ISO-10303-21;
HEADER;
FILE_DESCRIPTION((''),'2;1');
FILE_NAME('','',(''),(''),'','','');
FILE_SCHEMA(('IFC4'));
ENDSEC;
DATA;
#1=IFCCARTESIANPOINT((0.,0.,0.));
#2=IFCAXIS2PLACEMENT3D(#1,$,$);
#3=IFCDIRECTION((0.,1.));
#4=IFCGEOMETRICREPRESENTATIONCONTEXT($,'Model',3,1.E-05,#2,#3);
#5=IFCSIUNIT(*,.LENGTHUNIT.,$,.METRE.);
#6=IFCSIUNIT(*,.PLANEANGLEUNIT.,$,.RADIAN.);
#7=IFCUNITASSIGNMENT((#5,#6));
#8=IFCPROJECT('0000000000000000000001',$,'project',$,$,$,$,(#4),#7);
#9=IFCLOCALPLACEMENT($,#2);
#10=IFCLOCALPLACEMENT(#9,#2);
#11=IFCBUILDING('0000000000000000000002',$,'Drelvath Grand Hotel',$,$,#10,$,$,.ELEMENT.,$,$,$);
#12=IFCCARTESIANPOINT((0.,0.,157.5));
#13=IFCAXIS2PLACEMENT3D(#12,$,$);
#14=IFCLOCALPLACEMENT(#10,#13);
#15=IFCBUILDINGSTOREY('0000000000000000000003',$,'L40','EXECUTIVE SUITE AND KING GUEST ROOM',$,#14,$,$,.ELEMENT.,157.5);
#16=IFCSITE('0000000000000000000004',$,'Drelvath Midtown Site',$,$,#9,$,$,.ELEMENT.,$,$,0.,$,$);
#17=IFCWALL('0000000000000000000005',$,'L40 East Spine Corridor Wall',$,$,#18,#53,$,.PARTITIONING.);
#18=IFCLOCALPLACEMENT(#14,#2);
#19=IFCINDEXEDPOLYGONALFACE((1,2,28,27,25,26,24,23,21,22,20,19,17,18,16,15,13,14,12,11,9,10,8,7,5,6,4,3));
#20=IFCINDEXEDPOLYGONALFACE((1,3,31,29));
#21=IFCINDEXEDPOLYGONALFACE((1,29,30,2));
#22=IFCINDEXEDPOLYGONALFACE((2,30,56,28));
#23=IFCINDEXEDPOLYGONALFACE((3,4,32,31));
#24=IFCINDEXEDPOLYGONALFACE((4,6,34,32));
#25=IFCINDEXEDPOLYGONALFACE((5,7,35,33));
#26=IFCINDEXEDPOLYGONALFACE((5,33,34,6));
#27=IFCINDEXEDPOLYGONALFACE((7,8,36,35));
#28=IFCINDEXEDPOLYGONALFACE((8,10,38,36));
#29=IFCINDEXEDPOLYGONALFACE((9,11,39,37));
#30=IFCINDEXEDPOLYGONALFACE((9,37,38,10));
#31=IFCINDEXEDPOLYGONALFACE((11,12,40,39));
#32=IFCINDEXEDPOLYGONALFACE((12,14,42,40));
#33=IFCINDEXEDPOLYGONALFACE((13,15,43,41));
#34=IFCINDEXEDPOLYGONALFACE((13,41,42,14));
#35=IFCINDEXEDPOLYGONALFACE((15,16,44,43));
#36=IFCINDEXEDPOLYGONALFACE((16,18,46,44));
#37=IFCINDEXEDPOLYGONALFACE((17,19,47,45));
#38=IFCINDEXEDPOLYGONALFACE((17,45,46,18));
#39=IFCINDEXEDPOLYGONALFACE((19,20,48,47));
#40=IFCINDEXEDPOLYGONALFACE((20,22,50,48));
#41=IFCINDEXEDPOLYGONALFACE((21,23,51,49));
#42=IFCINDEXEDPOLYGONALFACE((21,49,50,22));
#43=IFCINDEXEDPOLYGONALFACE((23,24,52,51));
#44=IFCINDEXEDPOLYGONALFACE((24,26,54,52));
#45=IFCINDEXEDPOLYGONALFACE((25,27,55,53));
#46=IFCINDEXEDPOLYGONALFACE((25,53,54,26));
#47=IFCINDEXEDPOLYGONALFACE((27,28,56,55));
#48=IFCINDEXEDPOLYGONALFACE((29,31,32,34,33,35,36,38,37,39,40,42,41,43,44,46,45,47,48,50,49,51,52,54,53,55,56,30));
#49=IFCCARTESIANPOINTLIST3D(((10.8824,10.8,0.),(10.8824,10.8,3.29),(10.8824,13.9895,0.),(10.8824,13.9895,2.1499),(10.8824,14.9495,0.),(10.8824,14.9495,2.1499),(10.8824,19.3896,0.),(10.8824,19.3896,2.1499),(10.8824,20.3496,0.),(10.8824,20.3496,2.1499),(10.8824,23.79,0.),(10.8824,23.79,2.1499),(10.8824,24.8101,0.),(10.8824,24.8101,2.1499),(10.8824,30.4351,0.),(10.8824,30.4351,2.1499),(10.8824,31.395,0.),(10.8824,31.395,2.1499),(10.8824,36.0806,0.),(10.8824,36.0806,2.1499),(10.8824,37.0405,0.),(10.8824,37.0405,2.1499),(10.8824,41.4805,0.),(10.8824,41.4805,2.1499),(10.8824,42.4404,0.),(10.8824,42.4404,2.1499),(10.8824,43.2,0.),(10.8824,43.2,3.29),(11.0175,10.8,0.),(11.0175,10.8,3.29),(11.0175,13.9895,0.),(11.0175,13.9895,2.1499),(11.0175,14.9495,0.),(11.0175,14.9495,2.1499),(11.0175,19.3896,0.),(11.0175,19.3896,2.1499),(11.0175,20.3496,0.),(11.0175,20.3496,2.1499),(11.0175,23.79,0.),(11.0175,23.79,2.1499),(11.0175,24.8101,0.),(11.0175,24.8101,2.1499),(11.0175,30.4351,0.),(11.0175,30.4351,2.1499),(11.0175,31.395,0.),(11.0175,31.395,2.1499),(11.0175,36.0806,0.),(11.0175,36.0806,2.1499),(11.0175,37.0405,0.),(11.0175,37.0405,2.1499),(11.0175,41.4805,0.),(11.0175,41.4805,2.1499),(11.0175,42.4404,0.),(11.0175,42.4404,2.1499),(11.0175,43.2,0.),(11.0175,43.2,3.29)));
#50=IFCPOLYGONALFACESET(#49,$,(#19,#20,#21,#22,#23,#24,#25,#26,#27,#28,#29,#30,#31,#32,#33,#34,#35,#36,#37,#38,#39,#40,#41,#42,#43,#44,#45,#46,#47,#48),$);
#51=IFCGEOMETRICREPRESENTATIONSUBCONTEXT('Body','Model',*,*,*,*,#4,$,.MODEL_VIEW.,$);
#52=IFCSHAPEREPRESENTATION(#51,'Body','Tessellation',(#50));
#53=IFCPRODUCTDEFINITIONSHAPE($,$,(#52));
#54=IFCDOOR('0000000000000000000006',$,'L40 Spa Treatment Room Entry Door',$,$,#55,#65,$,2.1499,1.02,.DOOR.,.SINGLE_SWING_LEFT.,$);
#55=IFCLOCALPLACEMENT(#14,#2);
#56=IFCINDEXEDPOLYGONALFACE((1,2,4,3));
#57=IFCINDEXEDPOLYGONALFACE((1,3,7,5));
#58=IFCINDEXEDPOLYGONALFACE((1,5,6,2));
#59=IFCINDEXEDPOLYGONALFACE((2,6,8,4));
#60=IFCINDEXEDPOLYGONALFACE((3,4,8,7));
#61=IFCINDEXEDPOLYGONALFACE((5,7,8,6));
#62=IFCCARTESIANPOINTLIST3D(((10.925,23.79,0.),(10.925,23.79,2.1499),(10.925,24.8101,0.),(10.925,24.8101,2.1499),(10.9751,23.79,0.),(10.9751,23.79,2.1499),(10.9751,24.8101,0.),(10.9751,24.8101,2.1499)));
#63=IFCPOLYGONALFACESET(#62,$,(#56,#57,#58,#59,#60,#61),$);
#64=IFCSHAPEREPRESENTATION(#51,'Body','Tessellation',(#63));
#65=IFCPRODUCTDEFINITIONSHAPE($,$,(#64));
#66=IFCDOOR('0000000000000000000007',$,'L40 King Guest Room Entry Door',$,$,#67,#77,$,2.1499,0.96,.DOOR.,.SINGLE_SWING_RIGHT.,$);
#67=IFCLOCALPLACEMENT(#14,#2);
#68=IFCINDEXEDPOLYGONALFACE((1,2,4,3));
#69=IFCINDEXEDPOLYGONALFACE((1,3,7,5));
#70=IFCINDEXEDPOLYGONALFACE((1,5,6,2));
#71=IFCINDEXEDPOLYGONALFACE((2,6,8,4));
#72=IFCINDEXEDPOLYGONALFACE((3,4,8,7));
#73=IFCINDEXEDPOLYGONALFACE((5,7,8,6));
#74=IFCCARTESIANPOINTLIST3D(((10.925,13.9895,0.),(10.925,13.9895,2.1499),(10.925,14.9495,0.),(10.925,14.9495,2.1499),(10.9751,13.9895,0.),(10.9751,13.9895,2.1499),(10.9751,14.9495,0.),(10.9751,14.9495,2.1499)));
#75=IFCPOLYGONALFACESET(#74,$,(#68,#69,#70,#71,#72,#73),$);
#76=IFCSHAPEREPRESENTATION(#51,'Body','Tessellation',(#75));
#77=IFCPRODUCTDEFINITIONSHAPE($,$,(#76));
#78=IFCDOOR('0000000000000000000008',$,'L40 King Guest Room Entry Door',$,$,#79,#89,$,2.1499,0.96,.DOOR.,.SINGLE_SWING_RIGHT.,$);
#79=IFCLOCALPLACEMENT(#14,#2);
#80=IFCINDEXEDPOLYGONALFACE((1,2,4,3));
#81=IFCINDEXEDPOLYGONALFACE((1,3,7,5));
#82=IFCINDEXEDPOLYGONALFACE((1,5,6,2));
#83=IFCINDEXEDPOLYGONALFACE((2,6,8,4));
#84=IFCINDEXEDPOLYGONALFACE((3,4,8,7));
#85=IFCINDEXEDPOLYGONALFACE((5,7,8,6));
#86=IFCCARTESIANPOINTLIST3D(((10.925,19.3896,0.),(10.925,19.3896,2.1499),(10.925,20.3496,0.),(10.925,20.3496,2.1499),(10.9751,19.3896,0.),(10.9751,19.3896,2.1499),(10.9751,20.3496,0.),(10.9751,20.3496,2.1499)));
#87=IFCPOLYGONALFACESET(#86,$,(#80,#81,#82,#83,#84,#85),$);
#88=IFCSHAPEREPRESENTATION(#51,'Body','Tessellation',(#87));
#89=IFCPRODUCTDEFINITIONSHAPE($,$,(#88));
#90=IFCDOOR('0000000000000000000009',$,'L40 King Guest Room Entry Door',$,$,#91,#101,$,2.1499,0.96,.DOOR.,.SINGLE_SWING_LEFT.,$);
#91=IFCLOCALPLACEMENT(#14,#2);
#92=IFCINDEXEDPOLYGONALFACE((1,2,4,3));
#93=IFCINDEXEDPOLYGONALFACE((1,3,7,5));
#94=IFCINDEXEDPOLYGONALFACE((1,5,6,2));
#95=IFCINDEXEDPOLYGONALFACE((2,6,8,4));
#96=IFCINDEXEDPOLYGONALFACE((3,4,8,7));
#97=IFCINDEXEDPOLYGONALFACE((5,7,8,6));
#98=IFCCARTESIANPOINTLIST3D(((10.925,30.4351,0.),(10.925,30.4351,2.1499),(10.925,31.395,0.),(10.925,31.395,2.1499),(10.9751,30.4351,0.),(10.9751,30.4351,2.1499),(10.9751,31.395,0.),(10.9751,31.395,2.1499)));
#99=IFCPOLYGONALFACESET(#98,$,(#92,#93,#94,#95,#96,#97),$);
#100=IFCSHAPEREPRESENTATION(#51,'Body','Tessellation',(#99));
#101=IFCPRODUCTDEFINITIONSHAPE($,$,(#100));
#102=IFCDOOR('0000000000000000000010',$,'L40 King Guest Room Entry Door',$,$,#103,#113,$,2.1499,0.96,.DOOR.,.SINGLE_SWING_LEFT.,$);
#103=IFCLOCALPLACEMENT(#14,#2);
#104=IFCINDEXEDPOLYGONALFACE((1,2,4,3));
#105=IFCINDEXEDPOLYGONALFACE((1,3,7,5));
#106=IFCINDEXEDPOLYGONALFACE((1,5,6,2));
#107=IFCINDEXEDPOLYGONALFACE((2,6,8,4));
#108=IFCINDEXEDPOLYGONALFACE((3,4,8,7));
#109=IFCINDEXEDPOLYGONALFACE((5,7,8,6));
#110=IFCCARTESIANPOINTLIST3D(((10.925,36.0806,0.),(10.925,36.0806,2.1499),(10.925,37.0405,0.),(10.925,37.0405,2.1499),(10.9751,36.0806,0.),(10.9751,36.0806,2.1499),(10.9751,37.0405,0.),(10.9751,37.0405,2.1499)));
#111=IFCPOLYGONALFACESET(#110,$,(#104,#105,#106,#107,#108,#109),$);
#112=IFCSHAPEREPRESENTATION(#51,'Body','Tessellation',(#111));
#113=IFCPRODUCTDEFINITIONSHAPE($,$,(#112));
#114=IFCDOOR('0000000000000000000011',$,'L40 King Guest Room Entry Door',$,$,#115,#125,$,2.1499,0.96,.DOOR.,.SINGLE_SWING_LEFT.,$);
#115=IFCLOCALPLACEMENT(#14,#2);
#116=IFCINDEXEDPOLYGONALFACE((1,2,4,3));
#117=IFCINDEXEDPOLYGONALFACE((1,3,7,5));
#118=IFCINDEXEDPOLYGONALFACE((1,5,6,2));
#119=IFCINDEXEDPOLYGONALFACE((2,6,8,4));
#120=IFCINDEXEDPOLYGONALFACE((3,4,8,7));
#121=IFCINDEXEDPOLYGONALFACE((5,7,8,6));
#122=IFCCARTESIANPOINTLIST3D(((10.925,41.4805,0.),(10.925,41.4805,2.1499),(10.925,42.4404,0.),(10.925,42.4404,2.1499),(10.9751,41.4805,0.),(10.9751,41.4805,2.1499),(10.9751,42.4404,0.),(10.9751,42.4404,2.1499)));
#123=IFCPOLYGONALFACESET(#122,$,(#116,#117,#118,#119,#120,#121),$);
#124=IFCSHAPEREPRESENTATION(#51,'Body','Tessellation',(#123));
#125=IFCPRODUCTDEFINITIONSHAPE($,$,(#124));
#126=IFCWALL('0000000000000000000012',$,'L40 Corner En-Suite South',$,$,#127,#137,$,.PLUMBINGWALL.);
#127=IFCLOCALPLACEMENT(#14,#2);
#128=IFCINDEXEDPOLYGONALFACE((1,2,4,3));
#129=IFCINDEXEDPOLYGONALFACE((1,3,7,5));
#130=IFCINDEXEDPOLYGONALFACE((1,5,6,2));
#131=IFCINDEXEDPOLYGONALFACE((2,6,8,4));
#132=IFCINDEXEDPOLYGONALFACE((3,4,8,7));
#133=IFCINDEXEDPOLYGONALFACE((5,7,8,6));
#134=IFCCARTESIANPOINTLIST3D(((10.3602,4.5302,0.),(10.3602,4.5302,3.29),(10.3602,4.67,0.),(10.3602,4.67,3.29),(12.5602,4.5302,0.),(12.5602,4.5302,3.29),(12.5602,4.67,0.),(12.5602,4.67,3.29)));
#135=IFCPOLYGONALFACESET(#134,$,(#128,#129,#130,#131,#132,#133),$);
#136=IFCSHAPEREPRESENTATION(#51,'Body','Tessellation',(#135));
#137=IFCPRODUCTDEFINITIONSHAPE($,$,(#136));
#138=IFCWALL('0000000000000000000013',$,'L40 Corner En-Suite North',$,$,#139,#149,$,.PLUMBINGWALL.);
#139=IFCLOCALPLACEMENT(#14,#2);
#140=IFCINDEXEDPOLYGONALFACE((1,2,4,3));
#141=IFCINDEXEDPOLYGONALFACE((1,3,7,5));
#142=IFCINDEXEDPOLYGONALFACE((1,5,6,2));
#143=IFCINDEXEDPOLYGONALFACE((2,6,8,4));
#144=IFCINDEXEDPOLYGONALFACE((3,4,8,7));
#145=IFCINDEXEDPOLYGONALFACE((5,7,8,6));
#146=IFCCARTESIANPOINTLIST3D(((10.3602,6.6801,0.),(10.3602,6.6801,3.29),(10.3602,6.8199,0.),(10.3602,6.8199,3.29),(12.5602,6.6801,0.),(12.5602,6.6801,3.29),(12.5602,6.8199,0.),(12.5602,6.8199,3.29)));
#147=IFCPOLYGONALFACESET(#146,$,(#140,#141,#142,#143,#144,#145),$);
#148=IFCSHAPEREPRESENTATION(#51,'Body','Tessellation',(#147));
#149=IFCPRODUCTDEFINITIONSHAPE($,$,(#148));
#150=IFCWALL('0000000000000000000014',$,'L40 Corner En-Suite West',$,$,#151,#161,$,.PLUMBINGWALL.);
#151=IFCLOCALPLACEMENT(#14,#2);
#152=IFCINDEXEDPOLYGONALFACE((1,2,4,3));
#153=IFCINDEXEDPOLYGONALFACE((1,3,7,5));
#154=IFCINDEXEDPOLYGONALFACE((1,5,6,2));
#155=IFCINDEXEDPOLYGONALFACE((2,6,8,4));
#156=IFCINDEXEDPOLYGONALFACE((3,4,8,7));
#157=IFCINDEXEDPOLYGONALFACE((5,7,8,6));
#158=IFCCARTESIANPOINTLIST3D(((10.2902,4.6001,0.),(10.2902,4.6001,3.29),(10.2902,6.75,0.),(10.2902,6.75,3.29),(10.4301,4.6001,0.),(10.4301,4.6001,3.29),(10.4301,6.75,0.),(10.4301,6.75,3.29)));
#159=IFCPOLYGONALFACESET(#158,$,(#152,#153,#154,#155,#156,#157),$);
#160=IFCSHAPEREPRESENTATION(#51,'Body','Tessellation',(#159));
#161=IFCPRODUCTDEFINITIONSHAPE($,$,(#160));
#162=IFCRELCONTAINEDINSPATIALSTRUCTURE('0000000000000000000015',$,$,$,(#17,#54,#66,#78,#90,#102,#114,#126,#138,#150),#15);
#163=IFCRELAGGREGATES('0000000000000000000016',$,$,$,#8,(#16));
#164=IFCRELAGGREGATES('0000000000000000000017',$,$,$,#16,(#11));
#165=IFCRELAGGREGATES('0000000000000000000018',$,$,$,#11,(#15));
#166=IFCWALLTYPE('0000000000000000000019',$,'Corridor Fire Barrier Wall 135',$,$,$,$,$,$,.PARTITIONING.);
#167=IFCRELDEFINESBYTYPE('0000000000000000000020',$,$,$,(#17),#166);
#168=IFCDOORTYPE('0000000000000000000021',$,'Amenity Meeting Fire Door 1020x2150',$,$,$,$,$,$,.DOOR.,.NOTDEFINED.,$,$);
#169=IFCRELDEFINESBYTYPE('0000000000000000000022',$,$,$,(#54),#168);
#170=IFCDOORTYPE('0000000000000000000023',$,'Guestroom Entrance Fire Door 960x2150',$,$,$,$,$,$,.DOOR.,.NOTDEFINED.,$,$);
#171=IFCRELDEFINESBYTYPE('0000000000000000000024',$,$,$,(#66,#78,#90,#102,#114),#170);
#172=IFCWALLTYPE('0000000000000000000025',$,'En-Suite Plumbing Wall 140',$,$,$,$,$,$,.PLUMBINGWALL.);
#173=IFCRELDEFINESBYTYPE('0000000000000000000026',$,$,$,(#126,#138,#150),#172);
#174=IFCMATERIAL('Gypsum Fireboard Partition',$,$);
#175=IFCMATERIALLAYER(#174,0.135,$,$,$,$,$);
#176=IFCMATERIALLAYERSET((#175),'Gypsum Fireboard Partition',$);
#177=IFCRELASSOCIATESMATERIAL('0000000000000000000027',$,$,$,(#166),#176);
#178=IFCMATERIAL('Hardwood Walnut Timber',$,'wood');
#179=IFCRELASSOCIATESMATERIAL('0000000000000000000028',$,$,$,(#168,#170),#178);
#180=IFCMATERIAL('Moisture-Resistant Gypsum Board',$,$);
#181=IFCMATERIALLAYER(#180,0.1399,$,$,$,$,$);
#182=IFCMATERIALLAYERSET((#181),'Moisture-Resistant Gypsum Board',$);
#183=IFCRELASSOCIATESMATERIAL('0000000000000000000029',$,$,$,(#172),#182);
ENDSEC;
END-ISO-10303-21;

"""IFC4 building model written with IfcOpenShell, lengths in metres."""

from ifc_helpers import new_model, si_unit, direction, frame, frame_2d, origin, place, context, subcontext, project, spatial, rectangle, extrude, material, layer, layer_set, type_object, element, fill, save


model = new_model("IFC4")

# Units and contexts
model_context = context("Model", 3, precision=1e-05, world=origin(), true_north=direction((0.0, 1.0)))
body_context = subcontext(model_context, "Body", "Model", "MODEL_VIEW")
ifc_project = project(units=[si_unit("LENGTHUNIT", "METRE"), si_unit("PLANEANGLEUNIT", "RADIAN")], contexts=[model_context])

# Site, building, storey
site_placement = place(None, origin())
site = spatial("IfcSite", under=ifc_project, at=site_placement, Name="Drelvath Midtown Site", CompositionType="ELEMENT", RefElevation=0.0)
building_placement = place(site_placement, origin())
building = spatial("IfcBuilding", under=site, at=building_placement, Name="Drelvath Grand Hotel", CompositionType="ELEMENT")
storey_placement = place(building_placement, frame((0.0, 0.0, 157.5)))
storey = spatial("IfcBuildingStorey", under=building, at=storey_placement, Name="L40", Description="EXECUTIVE SUITE AND KING GUEST ROOM", CompositionType="ELEMENT", Elevation=157.5)

# Wall, openings, doors
ifc_material_1 = material(Name="Gypsum Fireboard Partition")
ifc_layer_1 = layer(ifc_material_1, 0.135)
ifc_layer_set_1 = layer_set([ifc_layer_1], Name="Gypsum Fireboard Partition")
wall_type_1 = type_object("IfcWallType", Name="Corridor Fire Barrier Wall 135", PredefinedType="PARTITIONING", material=ifc_layer_set_1)
wall_1_placement = place(storey_placement, frame((10.95, 10.8, 0.0), z_axis=(0.0, 0.0, 1.0), x_axis=(0.0, 1.0, 0.0)))
wall_1 = element("IfcWall", 1, at=wall_1_placement, inside=storey, type_object=wall_type_1, Name="L40 East Spine Corridor Wall", PredefinedType="PARTITIONING", context=body_context, shape_type="SweptSolid", body=[
    extrude(rectangle(XDim=32.3999, YDim=0.135, at=frame_2d((16.2, 0.0))), origin(), (0.0, 0.0, 1.0), 3.29),
])
opening_1_placement = place(wall_1_placement, frame((3.1895, 0.0, 0.0)))
opening_1 = element("IfcOpeningElement", 2, at=opening_1_placement, cuts=wall_1, PredefinedType="OPENING", context=body_context, shape_type="SweptSolid", body=[
    extrude(rectangle(XDim=0.96, YDim=2.1499, at=frame_2d((0.48, 1.075))), frame((0.0, 0.0774, 0.0), z_axis=(0.0, -1.0, 0.0), x_axis=(1.0, 0.0, 0.0)), (0.0, 0.0, 1.0), 0.155),
])
opening_2_placement = place(wall_1_placement, frame((8.5896, 0.0, 0.0)))
opening_2 = element("IfcOpeningElement", 3, at=opening_2_placement, cuts=wall_1, PredefinedType="OPENING", context=body_context, shape_type="SweptSolid", body=[
    extrude(rectangle(XDim=0.96, YDim=2.1499, at=frame_2d((0.48, 1.075))), frame((0.0, 0.0774, 0.0), z_axis=(0.0, -1.0, 0.0), x_axis=(1.0, 0.0, 0.0)), (0.0, 0.0, 1.0), 0.155),
])
opening_3_placement = place(wall_1_placement, frame((12.99, 0.0, 0.0)))
opening_3 = element("IfcOpeningElement", 4, at=opening_3_placement, cuts=wall_1, PredefinedType="OPENING", context=body_context, shape_type="SweptSolid", body=[
    extrude(rectangle(XDim=1.02, YDim=2.1499, at=frame_2d((0.51, 1.075))), frame((0.0, 0.0774, 0.0), z_axis=(0.0, -1.0, 0.0), x_axis=(1.0, 0.0, 0.0)), (0.0, 0.0, 1.0), 0.155),
])
opening_4_placement = place(wall_1_placement, frame((19.635, 0.0, 0.0)))
opening_4 = element("IfcOpeningElement", 5, at=opening_4_placement, cuts=wall_1, PredefinedType="OPENING", context=body_context, shape_type="SweptSolid", body=[
    extrude(rectangle(XDim=0.96, YDim=2.1499, at=frame_2d((0.48, 1.075))), frame((0.0, 0.0774, 0.0), z_axis=(0.0, -1.0, 0.0), x_axis=(1.0, 0.0, 0.0)), (0.0, 0.0, 1.0), 0.155),
])
opening_5_placement = place(wall_1_placement, frame((25.2805, 0.0, 0.0)))
opening_5 = element("IfcOpeningElement", 6, at=opening_5_placement, cuts=wall_1, PredefinedType="OPENING", context=body_context, shape_type="SweptSolid", body=[
    extrude(rectangle(XDim=0.96, YDim=2.1499, at=frame_2d((0.48, 1.075))), frame((0.0, 0.0774, 0.0), z_axis=(0.0, -1.0, 0.0), x_axis=(1.0, 0.0, 0.0)), (0.0, 0.0, 1.0), 0.155),
])
opening_6_placement = place(wall_1_placement, frame((30.6804, 0.0, 0.0)))
opening_6 = element("IfcOpeningElement", 7, at=opening_6_placement, cuts=wall_1, PredefinedType="OPENING", context=body_context, shape_type="SweptSolid", body=[
    extrude(rectangle(XDim=0.96, YDim=2.1499, at=frame_2d((0.48, 1.075))), frame((0.0, 0.0774, 0.0), z_axis=(0.0, -1.0, 0.0), x_axis=(1.0, 0.0, 0.0)), (0.0, 0.0, 1.0), 0.155),
])
ifc_material_2 = material(Name="Hardwood Walnut Timber", Category="wood")
door_type_1 = type_object("IfcDoorType", Name="Amenity Meeting Fire Door 1020x2150", OperationType="NOTDEFINED", PredefinedType="DOOR", material=ifc_material_2)
door_1_placement = place(opening_3_placement, origin())
door_1 = element("IfcDoor", 8, at=door_1_placement, inside=storey, type_object=door_type_1, Name="L40 Spa Treatment Room Entry Door", OperationType="SINGLE_SWING_LEFT", OverallHeight=2.1499, OverallWidth=1.02, PredefinedType="DOOR", context=body_context, shape_type="SweptSolid", body=[
    extrude(rectangle(XDim=1.02, YDim=2.1499, at=frame_2d((0.51, 1.075))), frame((0.0, 0.0249, 0.0), z_axis=(0.0, -1.0, 0.0), x_axis=(1.0, 0.0, 0.0)), (0.0, 0.0, 1.0), 0.05),
])
fill(opening_3, door_1)
door_type_2 = type_object("IfcDoorType", Name="Guestroom Entrance Fire Door 960x2150", OperationType="NOTDEFINED", PredefinedType="DOOR", material=ifc_material_2)
door_2_placement = place(opening_1_placement, origin())
door_2 = element("IfcDoor", 9, at=door_2_placement, inside=storey, type_object=door_type_2, Name="L40 King Guest Room Entry Door", OperationType="SINGLE_SWING_RIGHT", OverallHeight=2.1499, OverallWidth=0.96, PredefinedType="DOOR", context=body_context, shape_type="SweptSolid", body=[
    extrude(rectangle(XDim=0.96, YDim=2.1499, at=frame_2d((0.48, 1.075))), frame((0.0, 0.0249, 0.0), z_axis=(0.0, -1.0, 0.0), x_axis=(1.0, 0.0, 0.0)), (0.0, 0.0, 1.0), 0.05),
])
fill(opening_1, door_2)
door_3_placement = place(opening_2_placement, origin())
door_3 = element("IfcDoor", 10, at=door_3_placement, inside=storey, type_object=door_type_2, Name="L40 King Guest Room Entry Door", OperationType="SINGLE_SWING_RIGHT", OverallHeight=2.1499, OverallWidth=0.96, PredefinedType="DOOR", context=body_context, shape_type="SweptSolid", body=[
    extrude(rectangle(XDim=0.96, YDim=2.1499, at=frame_2d((0.48, 1.075))), frame((0.0, 0.0249, 0.0), z_axis=(0.0, -1.0, 0.0), x_axis=(1.0, 0.0, 0.0)), (0.0, 0.0, 1.0), 0.05),
])
fill(opening_2, door_3)
door_4_placement = place(opening_4_placement, origin())
door_4 = element("IfcDoor", 11, at=door_4_placement, inside=storey, type_object=door_type_2, Name="L40 King Guest Room Entry Door", OperationType="SINGLE_SWING_LEFT", OverallHeight=2.1499, OverallWidth=0.96, PredefinedType="DOOR", context=body_context, shape_type="SweptSolid", body=[
    extrude(rectangle(XDim=0.96, YDim=2.1499, at=frame_2d((0.48, 1.075))), frame((0.0, 0.0249, 0.0), z_axis=(0.0, -1.0, 0.0), x_axis=(1.0, 0.0, 0.0)), (0.0, 0.0, 1.0), 0.05),
])
fill(opening_4, door_4)
door_5_placement = place(opening_5_placement, origin())
door_5 = element("IfcDoor", 12, at=door_5_placement, inside=storey, type_object=door_type_2, Name="L40 King Guest Room Entry Door", OperationType="SINGLE_SWING_LEFT", OverallHeight=2.1499, OverallWidth=0.96, PredefinedType="DOOR", context=body_context, shape_type="SweptSolid", body=[
    extrude(rectangle(XDim=0.96, YDim=2.1499, at=frame_2d((0.48, 1.075))), frame((0.0, 0.0249, 0.0), z_axis=(0.0, -1.0, 0.0), x_axis=(1.0, 0.0, 0.0)), (0.0, 0.0, 1.0), 0.05),
])
fill(opening_5, door_5)
door_6_placement = place(opening_6_placement, origin())
door_6 = element("IfcDoor", 13, at=door_6_placement, inside=storey, type_object=door_type_2, Name="L40 King Guest Room Entry Door", OperationType="SINGLE_SWING_LEFT", OverallHeight=2.1499, OverallWidth=0.96, PredefinedType="DOOR", context=body_context, shape_type="SweptSolid", body=[
    extrude(rectangle(XDim=0.96, YDim=2.1499, at=frame_2d((0.48, 1.075))), frame((0.0, 0.0249, 0.0), z_axis=(0.0, -1.0, 0.0), x_axis=(1.0, 0.0, 0.0)), (0.0, 0.0, 1.0), 0.05),
])
fill(opening_6, door_6)

# Walls
ifc_material_3 = material(Name="Moisture-Resistant Gypsum Board")
ifc_layer_2 = layer(ifc_material_3, 0.1399)
ifc_layer_set_2 = layer_set([ifc_layer_2], Name="Moisture-Resistant Gypsum Board")
wall_type_2 = type_object("IfcWallType", Name="En-Suite Plumbing Wall 140", PredefinedType="PLUMBINGWALL", material=ifc_layer_set_2)
for number, where, z_axis, x_axis, name in (
    (14, (10.3601, 4.6001, 0.0), (0.0, 0.0, 1.0), (1.0, 0.0, 0.0), "L40 Corner En-Suite South"),
    (15, (10.3601, 6.75, 0.0), (0.0, 0.0, 1.0), (1.0, 0.0, 0.0), "L40 Corner En-Suite North"),
):
    element("IfcWall", number, at=place(storey_placement, frame(where, z_axis=z_axis, x_axis=x_axis)), inside=storey, type_object=wall_type_2, Name=name, PredefinedType="PLUMBINGWALL", context=body_context, shape_type="SweptSolid", body=[
        extrude(rectangle(XDim=2.2, YDim=0.1399, at=frame_2d((1.1001, 0.0))), origin(), (0.0, 0.0, 1.0), 3.29),
    ])
wall_2_placement = place(storey_placement, frame((10.3601, 4.6001, 0.0), z_axis=(0.0, 0.0, 1.0), x_axis=(0.0, 1.0, 0.0)))
element("IfcWall", 16, at=wall_2_placement, inside=storey, type_object=wall_type_2, Name="L40 Corner En-Suite West", PredefinedType="PLUMBINGWALL", context=body_context, shape_type="SweptSolid", body=[
    extrude(rectangle(XDim=2.1499, YDim=0.1399, at=frame_2d((1.075, 0.0))), origin(), (0.0, 0.0, 1.0), 3.29),
])

save(model, "model.ifc")
